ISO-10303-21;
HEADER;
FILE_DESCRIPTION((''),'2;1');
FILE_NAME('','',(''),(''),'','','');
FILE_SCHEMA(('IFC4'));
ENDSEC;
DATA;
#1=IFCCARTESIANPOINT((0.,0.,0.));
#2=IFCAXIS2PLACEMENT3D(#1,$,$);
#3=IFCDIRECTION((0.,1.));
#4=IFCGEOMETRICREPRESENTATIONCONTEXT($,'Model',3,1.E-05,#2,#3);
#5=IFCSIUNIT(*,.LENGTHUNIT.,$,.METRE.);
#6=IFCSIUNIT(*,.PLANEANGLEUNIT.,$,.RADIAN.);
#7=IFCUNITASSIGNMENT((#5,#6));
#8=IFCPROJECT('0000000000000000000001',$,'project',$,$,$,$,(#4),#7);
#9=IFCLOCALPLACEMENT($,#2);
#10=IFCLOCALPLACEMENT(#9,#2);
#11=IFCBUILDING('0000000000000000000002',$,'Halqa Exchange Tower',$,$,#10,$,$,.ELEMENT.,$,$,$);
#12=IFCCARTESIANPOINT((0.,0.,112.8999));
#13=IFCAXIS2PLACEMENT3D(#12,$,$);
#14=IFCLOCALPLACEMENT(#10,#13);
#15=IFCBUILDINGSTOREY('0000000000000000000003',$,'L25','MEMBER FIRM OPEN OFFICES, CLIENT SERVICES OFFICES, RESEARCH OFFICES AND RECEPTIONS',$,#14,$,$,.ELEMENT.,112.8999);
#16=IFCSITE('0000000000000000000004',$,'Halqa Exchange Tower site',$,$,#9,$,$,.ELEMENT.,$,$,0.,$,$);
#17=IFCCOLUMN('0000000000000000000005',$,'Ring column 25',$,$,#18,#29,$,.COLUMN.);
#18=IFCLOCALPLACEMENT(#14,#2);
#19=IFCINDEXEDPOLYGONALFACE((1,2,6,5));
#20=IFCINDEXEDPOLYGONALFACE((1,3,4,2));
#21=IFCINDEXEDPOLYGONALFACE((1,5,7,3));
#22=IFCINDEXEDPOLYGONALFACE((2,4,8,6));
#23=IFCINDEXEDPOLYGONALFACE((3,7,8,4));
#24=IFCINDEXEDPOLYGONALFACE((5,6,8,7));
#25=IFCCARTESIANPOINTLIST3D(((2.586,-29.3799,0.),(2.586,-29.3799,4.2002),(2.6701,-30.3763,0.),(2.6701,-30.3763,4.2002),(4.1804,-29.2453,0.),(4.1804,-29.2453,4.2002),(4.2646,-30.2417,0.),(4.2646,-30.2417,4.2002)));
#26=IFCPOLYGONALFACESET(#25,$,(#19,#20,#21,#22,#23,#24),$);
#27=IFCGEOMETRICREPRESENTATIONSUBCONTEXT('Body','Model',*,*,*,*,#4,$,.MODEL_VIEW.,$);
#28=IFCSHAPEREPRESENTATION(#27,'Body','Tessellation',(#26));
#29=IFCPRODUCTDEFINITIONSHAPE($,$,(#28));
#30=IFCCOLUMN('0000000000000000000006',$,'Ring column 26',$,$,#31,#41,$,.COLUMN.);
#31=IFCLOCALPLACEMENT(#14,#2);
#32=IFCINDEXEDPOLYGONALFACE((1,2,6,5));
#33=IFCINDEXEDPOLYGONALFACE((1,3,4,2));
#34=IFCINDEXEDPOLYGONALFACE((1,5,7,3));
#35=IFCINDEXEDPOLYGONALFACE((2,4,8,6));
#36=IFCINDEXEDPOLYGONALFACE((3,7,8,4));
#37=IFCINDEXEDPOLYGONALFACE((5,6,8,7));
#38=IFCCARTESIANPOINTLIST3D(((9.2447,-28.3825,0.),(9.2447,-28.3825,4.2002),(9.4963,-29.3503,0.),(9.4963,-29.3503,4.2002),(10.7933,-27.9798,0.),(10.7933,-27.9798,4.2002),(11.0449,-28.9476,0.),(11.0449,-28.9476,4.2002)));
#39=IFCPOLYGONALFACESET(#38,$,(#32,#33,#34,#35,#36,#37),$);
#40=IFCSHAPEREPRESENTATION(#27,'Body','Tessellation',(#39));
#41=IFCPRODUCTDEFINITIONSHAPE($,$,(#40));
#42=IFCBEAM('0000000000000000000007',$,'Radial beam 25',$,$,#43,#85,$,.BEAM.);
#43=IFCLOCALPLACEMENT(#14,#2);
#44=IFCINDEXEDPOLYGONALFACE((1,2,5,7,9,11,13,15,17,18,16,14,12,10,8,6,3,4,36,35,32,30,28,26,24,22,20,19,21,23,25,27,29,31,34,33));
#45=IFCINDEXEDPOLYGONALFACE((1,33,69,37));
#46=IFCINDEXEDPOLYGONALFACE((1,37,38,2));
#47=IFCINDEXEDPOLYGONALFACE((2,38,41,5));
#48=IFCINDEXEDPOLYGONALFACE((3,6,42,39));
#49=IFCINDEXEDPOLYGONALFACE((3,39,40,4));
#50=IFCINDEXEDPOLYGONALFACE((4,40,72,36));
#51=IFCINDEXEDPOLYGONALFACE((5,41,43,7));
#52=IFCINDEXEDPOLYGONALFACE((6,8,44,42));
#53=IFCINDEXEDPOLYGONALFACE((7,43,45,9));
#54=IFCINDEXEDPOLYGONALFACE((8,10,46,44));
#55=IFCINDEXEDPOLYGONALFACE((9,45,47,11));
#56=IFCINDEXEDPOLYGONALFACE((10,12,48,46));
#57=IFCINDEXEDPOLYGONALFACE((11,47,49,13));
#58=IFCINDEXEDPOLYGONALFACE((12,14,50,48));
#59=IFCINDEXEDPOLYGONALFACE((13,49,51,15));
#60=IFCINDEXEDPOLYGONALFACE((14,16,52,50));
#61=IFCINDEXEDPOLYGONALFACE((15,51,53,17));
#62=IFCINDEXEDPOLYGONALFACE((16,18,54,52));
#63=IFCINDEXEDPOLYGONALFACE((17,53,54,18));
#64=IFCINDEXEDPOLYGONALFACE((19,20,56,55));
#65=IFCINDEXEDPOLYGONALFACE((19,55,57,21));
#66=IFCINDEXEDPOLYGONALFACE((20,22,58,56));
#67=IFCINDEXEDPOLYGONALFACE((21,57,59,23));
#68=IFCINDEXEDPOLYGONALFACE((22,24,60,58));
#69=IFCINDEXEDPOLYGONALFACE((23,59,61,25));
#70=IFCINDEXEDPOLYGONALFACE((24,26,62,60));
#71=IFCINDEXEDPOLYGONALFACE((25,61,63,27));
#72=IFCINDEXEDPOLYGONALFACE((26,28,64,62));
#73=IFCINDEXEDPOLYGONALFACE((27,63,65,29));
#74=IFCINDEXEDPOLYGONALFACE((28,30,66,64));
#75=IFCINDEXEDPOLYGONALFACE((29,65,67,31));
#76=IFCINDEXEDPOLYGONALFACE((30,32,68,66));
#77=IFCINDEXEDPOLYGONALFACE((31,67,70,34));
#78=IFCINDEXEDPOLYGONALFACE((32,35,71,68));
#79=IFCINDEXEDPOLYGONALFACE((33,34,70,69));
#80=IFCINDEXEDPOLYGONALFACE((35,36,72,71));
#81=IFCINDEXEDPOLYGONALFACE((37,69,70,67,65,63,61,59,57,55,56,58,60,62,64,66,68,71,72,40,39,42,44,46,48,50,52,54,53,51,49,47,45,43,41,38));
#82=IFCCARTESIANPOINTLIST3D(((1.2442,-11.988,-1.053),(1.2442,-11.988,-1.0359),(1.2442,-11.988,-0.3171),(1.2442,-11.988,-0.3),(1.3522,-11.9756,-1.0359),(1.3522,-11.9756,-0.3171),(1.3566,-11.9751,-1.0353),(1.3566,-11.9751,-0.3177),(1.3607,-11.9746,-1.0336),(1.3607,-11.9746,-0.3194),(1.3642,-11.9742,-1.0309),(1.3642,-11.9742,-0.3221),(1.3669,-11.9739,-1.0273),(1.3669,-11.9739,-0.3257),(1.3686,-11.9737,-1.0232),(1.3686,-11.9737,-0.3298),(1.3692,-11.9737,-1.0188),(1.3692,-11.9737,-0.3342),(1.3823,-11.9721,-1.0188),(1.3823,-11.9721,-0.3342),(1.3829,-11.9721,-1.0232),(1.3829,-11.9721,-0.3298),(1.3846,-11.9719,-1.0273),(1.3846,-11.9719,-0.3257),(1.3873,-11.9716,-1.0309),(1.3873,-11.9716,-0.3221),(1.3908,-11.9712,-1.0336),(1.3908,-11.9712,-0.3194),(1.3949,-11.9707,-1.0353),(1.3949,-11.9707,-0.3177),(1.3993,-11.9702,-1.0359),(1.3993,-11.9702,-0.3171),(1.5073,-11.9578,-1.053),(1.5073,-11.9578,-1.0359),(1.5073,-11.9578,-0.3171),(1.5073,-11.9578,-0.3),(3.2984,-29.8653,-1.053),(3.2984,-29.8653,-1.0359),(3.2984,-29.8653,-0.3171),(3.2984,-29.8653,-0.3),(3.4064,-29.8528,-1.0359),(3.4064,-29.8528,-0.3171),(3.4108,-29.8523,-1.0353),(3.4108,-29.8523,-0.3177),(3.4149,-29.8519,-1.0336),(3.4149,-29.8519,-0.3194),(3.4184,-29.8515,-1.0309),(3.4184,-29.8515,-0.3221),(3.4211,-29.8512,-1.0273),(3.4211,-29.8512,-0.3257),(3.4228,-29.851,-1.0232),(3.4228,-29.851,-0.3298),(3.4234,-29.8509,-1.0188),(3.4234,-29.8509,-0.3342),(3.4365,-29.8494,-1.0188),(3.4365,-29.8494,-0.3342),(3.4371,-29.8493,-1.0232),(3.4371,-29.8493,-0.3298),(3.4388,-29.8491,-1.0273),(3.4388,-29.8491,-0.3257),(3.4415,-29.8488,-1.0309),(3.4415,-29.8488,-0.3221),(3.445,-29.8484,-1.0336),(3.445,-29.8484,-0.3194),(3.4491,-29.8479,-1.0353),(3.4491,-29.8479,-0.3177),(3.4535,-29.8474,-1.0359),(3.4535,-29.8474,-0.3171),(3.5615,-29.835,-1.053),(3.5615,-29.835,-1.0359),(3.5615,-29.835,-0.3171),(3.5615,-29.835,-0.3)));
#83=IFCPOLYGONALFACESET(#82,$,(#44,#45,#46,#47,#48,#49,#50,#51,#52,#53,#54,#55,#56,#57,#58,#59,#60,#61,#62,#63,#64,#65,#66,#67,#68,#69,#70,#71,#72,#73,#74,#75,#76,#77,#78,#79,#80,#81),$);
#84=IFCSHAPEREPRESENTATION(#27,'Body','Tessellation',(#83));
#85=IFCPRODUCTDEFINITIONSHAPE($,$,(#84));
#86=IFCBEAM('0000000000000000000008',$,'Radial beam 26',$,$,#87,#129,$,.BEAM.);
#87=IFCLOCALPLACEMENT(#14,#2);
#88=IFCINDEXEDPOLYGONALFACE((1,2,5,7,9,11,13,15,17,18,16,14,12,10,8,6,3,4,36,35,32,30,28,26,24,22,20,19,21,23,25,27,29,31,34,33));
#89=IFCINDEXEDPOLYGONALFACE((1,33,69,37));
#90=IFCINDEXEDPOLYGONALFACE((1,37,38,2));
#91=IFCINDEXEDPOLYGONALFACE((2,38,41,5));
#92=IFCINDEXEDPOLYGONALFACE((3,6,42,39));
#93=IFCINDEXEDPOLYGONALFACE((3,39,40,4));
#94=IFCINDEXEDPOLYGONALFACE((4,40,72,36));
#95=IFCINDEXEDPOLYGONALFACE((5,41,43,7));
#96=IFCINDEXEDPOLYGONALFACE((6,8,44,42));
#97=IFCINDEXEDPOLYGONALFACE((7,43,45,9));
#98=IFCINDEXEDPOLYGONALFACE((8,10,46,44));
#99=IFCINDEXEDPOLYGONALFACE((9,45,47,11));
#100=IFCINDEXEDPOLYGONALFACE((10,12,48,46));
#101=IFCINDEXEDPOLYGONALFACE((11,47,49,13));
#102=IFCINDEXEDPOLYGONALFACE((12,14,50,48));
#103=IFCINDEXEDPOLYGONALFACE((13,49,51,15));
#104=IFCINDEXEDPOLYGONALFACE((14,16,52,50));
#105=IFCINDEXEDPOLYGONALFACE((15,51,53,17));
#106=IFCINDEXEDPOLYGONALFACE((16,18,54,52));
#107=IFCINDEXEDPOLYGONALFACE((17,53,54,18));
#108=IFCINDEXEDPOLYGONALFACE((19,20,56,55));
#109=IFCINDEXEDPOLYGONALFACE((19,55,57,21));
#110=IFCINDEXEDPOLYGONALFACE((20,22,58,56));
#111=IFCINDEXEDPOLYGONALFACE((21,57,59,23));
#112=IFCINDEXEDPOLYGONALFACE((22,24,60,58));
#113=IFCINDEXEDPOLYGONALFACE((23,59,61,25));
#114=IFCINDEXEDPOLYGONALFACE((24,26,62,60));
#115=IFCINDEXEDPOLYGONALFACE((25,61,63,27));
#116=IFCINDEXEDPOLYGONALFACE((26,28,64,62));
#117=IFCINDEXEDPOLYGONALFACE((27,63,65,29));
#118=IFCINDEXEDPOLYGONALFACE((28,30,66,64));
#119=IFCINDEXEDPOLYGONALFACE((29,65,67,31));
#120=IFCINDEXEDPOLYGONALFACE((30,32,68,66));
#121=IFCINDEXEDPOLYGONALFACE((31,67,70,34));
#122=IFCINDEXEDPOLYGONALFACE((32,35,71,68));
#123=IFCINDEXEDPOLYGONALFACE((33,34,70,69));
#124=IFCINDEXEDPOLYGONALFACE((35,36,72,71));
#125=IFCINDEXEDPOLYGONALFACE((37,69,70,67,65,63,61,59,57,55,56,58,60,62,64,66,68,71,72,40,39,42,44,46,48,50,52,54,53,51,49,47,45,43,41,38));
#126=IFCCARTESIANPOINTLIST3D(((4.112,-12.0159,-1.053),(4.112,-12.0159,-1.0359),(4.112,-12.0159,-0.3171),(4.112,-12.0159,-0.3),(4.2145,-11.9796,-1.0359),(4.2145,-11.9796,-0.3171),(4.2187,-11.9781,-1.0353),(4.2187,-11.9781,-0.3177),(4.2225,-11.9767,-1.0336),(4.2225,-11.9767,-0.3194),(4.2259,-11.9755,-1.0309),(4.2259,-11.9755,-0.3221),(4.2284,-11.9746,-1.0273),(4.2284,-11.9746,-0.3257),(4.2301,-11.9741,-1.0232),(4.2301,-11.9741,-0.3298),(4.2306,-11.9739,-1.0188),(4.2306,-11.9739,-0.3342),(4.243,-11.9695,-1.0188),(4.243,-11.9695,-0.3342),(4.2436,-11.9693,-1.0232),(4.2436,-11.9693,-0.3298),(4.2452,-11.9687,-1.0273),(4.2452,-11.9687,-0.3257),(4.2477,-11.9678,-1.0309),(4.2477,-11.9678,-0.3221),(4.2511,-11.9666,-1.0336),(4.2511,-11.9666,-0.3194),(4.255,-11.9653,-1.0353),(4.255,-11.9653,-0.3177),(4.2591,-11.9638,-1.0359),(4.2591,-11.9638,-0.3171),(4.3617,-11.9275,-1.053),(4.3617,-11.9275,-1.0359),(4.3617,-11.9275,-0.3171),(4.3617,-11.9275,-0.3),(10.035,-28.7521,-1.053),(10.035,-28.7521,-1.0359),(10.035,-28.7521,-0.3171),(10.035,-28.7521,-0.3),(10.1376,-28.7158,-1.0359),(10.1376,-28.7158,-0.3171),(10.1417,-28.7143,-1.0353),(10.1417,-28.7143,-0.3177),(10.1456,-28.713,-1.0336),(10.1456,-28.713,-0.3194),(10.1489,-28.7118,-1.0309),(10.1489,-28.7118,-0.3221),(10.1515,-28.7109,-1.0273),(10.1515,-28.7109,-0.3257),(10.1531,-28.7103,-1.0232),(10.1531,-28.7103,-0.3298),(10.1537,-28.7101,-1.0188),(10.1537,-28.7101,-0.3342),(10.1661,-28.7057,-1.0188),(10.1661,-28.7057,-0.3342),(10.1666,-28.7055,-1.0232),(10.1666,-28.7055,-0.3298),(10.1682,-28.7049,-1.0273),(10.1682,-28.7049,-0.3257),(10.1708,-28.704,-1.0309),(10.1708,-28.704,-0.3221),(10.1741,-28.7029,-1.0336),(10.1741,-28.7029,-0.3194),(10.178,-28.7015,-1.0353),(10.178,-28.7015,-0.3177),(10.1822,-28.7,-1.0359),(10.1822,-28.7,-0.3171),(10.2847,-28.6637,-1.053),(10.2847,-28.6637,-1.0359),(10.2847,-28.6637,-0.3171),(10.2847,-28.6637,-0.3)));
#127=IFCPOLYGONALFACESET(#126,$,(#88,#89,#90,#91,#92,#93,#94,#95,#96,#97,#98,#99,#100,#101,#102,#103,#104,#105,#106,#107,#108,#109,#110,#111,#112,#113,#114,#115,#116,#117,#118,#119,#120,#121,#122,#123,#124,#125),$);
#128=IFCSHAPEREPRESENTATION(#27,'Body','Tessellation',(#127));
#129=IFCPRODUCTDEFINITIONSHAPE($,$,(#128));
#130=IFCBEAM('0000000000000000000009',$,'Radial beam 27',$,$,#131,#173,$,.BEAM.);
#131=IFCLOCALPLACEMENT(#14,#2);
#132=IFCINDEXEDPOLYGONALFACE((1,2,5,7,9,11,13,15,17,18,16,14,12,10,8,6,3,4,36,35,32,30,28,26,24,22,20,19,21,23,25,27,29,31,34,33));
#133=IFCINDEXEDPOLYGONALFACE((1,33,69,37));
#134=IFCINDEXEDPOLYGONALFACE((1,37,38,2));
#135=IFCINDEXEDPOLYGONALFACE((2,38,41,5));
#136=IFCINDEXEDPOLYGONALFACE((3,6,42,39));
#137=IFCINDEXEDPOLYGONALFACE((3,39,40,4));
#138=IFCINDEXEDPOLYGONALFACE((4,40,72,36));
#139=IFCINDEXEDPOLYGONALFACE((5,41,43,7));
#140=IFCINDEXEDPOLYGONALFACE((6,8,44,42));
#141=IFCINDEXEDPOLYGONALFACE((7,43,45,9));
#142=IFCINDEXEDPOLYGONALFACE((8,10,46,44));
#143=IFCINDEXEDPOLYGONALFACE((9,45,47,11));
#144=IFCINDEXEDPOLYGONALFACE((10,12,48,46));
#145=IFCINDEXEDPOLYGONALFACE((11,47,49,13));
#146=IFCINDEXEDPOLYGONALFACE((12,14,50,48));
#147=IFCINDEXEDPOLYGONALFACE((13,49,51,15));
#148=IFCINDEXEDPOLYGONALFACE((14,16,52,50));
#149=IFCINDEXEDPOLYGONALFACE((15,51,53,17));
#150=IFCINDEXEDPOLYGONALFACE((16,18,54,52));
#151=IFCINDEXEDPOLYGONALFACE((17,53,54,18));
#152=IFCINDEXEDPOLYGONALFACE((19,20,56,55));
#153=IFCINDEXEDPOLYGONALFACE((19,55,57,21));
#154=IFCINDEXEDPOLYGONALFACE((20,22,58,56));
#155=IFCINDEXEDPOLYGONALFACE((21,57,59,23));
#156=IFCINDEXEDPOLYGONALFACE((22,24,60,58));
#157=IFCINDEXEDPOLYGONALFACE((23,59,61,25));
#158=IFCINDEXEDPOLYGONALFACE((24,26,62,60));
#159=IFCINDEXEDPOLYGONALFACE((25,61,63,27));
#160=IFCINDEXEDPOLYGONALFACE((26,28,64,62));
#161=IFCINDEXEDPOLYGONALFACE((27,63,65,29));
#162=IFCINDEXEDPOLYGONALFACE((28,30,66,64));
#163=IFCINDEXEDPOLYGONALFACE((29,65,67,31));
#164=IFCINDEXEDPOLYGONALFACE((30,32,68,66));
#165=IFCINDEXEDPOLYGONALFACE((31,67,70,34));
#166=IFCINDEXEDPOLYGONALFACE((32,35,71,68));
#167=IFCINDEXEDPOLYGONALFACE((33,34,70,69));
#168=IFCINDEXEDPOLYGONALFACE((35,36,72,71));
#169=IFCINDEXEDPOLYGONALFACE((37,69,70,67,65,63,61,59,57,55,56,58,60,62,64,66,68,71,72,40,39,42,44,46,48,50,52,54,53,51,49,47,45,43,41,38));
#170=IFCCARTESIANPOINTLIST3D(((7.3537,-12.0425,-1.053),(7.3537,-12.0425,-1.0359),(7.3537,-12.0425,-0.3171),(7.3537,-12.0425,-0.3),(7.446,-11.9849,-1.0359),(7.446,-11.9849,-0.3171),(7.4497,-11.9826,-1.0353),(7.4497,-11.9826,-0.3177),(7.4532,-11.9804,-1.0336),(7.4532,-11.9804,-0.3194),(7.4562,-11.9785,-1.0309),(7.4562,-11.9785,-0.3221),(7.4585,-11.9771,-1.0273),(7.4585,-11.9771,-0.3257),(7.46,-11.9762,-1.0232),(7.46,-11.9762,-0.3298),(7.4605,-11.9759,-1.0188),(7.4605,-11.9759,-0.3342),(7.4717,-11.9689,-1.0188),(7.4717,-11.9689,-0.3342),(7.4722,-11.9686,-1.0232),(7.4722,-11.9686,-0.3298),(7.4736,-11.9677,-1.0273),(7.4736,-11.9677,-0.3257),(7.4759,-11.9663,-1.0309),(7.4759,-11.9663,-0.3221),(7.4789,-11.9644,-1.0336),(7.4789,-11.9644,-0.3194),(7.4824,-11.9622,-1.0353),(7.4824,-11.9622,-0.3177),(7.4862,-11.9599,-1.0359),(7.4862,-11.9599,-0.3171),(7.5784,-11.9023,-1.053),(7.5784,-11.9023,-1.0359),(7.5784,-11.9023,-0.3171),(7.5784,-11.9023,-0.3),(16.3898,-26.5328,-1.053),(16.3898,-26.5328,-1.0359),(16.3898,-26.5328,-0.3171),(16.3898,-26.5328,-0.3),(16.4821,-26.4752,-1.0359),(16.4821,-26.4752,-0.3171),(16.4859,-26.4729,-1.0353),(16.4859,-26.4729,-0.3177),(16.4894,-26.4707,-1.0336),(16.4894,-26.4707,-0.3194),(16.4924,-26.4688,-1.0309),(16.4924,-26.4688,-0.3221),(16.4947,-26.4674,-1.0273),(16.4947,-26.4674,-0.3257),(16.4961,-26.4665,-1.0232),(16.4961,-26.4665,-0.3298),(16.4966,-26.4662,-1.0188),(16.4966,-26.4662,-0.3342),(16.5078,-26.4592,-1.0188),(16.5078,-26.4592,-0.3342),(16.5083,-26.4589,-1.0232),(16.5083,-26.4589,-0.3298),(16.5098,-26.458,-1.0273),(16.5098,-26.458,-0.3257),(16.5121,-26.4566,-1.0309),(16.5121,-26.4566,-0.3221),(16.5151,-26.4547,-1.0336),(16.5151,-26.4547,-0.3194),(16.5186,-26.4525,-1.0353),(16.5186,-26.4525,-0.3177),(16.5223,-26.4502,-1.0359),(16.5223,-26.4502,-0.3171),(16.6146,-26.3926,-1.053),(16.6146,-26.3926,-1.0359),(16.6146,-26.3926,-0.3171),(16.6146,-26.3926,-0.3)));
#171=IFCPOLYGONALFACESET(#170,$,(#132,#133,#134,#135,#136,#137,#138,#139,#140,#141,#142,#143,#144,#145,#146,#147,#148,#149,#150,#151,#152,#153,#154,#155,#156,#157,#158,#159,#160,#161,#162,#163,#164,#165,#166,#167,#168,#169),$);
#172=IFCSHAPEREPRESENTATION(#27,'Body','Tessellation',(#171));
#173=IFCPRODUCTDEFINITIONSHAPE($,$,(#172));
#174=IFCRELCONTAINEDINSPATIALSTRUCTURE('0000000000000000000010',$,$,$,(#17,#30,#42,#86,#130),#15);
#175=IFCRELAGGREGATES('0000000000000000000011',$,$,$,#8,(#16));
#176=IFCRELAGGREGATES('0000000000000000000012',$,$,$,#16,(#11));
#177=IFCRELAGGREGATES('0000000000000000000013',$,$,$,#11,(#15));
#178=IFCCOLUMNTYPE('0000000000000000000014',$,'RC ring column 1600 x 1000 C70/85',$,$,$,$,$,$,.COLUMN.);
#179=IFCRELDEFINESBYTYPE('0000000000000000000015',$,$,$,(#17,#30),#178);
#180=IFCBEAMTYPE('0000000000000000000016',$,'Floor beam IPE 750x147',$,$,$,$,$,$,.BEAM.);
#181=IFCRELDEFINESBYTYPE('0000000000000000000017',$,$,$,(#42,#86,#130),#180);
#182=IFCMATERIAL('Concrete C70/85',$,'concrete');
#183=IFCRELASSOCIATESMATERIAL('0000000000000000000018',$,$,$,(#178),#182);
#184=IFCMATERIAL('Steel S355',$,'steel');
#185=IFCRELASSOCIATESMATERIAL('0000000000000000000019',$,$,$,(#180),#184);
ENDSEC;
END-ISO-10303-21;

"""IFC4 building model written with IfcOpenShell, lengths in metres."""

from ifc_helpers import new_model, si_unit, direction, frame, origin, origin_2d, place, context, subcontext, project, spatial, rectangle, i_section, extrude, material, material_profile, profile_set, type_object, element, save


model = new_model("IFC4")

# Units and contexts
model_context = context("Model", 3, precision=1e-05, world=origin(), true_north=direction((0.0, 1.0)))
body_context = subcontext(model_context, "Body", "Model", "MODEL_VIEW")
ifc_project = project(units=[si_unit("LENGTHUNIT", "METRE"), si_unit("PLANEANGLEUNIT", "RADIAN")], contexts=[model_context])

# Site, building, storey
site_placement = place(None, origin())
site = spatial("IfcSite", under=ifc_project, at=site_placement, Name="Halqa Exchange Tower site", CompositionType="ELEMENT", RefElevation=0.0)
building_placement = place(site_placement, origin())
building = spatial("IfcBuilding", under=site, at=building_placement, Name="Halqa Exchange Tower", CompositionType="ELEMENT")
storey_placement = place(building_placement, frame((0.0, 0.0, 112.8999)))
storey = spatial("IfcBuildingStorey", under=building, at=storey_placement, Name="L25", Description="MEMBER FIRM OPEN OFFICES, CLIENT SERVICES OFFICES, RESEARCH OFFICES AND RECEPTIONS", CompositionType="ELEMENT", Elevation=112.8999)

# Columns
ifc_material_1 = material(Name="Concrete C70/85", Category="concrete")
ifc_material_profile_1 = material_profile(ifc_material_1, rectangle(XDim=1.6001, YDim=1.0, at=origin_2d()), Name="1600 x 1000")
ifc_profile_set_1 = profile_set([ifc_material_profile_1], Name="Concrete C70/85")
column_type = type_object("IfcColumnType", Name="RC ring column 1600 x 1000 C70/85", PredefinedType="COLUMN", material=ifc_profile_set_1)
for number, where, z_axis, x_axis, name in (
    (1, (3.4253, -29.8108, 0.0), (0.0, 0.0, 1.0), (0.996456, 0.084121, 0.0), "Ring column 25"),
    (2, (10.1448, -28.665, 0.0), (0.0, 0.0, 1.0), (0.96782, 0.251644, 0.0), "Ring column 26"),
):
    element("IfcColumn", number, at=place(storey_placement, frame(where, z_axis=z_axis, x_axis=x_axis)), inside=storey, type_object=column_type, Name=name, PredefinedType="COLUMN", context=body_context, shape_type="SweptSolid", body=[
        extrude(rectangle(XDim=1.6001, YDim=1.0, at=origin_2d()), origin(), (0.0, 0.0, 1.0), 4.2002),
    ])

# Beams
ifc_material_2 = material(Name="Steel S355", Category="steel")
ifc_material_profile_2 = material_profile(ifc_material_2, i_section(OverallWidth=0.2649, OverallDepth=0.7529, WebThickness=0.0132, FlangeThickness=0.0171, FilletRadius=0.0171, at=origin_2d()), Name="IPE 750x147")
ifc_profile_set_2 = profile_set([ifc_material_profile_2], Name="Steel S355")
beam_type_1 = type_object("IfcBeamType", Name="Floor beam IPE 750x147", PredefinedType="BEAM", material=ifc_profile_set_2)
beam_1_placement = place(storey_placement, frame((1.3757, -11.9729, -0.6765), z_axis=(0.114155, -0.993463, 0.0), x_axis=(0.993463, 0.114155, 0.0)))
element("IfcBeam", 3, at=beam_1_placement, inside=storey, type_object=beam_type_1, Name="Radial beam 25", PredefinedType="BEAM", context=body_context, shape_type="SweptSolid", body=[
    extrude(i_section(OverallWidth=0.2649, OverallDepth=0.7529, WebThickness=0.0132, FlangeThickness=0.0171, FilletRadius=0.0171, at=origin_2d()), origin(), (0.0, 0.0, 1.0), 17.9949),
])
beam_2_placement = place(storey_placement, frame((4.2368, -11.9717, -0.6765), z_axis=(0.333629, -0.942704, 0.0), x_axis=(0.942704, 0.333629, 0.0)))
element("IfcBeam", 4, at=beam_2_placement, inside=storey, type_object=beam_type_1, Name="Radial beam 26", PredefinedType="BEAM", context=body_context, shape_type="SweptSolid", body=[
    extrude(i_section(OverallWidth=0.2649, OverallDepth=0.7529, WebThickness=0.0132, FlangeThickness=0.0171, FilletRadius=0.0171, at=origin_2d()), origin(), (0.0, 0.0, 1.0), 17.7534),
])
beam_3_placement = place(storey_placement, frame((7.4661, -11.9724, -0.6765), z_axis=(0.529145, -0.848531, 0.0), x_axis=(0.848531, 0.529145, 0.0)))
element("IfcBeam", 5, at=beam_3_placement, inside=storey, type_object=beam_type_1, Name="Radial beam 27", PredefinedType="BEAM", context=body_context, shape_type="SweptSolid", body=[
    extrude(i_section(OverallWidth=0.2649, OverallDepth=0.7529, WebThickness=0.0132, FlangeThickness=0.0171, FilletRadius=0.0171, at=origin_2d()), origin(), (0.0, 0.0, 1.0), 17.0769),
])

save(model, "model.ifc")
